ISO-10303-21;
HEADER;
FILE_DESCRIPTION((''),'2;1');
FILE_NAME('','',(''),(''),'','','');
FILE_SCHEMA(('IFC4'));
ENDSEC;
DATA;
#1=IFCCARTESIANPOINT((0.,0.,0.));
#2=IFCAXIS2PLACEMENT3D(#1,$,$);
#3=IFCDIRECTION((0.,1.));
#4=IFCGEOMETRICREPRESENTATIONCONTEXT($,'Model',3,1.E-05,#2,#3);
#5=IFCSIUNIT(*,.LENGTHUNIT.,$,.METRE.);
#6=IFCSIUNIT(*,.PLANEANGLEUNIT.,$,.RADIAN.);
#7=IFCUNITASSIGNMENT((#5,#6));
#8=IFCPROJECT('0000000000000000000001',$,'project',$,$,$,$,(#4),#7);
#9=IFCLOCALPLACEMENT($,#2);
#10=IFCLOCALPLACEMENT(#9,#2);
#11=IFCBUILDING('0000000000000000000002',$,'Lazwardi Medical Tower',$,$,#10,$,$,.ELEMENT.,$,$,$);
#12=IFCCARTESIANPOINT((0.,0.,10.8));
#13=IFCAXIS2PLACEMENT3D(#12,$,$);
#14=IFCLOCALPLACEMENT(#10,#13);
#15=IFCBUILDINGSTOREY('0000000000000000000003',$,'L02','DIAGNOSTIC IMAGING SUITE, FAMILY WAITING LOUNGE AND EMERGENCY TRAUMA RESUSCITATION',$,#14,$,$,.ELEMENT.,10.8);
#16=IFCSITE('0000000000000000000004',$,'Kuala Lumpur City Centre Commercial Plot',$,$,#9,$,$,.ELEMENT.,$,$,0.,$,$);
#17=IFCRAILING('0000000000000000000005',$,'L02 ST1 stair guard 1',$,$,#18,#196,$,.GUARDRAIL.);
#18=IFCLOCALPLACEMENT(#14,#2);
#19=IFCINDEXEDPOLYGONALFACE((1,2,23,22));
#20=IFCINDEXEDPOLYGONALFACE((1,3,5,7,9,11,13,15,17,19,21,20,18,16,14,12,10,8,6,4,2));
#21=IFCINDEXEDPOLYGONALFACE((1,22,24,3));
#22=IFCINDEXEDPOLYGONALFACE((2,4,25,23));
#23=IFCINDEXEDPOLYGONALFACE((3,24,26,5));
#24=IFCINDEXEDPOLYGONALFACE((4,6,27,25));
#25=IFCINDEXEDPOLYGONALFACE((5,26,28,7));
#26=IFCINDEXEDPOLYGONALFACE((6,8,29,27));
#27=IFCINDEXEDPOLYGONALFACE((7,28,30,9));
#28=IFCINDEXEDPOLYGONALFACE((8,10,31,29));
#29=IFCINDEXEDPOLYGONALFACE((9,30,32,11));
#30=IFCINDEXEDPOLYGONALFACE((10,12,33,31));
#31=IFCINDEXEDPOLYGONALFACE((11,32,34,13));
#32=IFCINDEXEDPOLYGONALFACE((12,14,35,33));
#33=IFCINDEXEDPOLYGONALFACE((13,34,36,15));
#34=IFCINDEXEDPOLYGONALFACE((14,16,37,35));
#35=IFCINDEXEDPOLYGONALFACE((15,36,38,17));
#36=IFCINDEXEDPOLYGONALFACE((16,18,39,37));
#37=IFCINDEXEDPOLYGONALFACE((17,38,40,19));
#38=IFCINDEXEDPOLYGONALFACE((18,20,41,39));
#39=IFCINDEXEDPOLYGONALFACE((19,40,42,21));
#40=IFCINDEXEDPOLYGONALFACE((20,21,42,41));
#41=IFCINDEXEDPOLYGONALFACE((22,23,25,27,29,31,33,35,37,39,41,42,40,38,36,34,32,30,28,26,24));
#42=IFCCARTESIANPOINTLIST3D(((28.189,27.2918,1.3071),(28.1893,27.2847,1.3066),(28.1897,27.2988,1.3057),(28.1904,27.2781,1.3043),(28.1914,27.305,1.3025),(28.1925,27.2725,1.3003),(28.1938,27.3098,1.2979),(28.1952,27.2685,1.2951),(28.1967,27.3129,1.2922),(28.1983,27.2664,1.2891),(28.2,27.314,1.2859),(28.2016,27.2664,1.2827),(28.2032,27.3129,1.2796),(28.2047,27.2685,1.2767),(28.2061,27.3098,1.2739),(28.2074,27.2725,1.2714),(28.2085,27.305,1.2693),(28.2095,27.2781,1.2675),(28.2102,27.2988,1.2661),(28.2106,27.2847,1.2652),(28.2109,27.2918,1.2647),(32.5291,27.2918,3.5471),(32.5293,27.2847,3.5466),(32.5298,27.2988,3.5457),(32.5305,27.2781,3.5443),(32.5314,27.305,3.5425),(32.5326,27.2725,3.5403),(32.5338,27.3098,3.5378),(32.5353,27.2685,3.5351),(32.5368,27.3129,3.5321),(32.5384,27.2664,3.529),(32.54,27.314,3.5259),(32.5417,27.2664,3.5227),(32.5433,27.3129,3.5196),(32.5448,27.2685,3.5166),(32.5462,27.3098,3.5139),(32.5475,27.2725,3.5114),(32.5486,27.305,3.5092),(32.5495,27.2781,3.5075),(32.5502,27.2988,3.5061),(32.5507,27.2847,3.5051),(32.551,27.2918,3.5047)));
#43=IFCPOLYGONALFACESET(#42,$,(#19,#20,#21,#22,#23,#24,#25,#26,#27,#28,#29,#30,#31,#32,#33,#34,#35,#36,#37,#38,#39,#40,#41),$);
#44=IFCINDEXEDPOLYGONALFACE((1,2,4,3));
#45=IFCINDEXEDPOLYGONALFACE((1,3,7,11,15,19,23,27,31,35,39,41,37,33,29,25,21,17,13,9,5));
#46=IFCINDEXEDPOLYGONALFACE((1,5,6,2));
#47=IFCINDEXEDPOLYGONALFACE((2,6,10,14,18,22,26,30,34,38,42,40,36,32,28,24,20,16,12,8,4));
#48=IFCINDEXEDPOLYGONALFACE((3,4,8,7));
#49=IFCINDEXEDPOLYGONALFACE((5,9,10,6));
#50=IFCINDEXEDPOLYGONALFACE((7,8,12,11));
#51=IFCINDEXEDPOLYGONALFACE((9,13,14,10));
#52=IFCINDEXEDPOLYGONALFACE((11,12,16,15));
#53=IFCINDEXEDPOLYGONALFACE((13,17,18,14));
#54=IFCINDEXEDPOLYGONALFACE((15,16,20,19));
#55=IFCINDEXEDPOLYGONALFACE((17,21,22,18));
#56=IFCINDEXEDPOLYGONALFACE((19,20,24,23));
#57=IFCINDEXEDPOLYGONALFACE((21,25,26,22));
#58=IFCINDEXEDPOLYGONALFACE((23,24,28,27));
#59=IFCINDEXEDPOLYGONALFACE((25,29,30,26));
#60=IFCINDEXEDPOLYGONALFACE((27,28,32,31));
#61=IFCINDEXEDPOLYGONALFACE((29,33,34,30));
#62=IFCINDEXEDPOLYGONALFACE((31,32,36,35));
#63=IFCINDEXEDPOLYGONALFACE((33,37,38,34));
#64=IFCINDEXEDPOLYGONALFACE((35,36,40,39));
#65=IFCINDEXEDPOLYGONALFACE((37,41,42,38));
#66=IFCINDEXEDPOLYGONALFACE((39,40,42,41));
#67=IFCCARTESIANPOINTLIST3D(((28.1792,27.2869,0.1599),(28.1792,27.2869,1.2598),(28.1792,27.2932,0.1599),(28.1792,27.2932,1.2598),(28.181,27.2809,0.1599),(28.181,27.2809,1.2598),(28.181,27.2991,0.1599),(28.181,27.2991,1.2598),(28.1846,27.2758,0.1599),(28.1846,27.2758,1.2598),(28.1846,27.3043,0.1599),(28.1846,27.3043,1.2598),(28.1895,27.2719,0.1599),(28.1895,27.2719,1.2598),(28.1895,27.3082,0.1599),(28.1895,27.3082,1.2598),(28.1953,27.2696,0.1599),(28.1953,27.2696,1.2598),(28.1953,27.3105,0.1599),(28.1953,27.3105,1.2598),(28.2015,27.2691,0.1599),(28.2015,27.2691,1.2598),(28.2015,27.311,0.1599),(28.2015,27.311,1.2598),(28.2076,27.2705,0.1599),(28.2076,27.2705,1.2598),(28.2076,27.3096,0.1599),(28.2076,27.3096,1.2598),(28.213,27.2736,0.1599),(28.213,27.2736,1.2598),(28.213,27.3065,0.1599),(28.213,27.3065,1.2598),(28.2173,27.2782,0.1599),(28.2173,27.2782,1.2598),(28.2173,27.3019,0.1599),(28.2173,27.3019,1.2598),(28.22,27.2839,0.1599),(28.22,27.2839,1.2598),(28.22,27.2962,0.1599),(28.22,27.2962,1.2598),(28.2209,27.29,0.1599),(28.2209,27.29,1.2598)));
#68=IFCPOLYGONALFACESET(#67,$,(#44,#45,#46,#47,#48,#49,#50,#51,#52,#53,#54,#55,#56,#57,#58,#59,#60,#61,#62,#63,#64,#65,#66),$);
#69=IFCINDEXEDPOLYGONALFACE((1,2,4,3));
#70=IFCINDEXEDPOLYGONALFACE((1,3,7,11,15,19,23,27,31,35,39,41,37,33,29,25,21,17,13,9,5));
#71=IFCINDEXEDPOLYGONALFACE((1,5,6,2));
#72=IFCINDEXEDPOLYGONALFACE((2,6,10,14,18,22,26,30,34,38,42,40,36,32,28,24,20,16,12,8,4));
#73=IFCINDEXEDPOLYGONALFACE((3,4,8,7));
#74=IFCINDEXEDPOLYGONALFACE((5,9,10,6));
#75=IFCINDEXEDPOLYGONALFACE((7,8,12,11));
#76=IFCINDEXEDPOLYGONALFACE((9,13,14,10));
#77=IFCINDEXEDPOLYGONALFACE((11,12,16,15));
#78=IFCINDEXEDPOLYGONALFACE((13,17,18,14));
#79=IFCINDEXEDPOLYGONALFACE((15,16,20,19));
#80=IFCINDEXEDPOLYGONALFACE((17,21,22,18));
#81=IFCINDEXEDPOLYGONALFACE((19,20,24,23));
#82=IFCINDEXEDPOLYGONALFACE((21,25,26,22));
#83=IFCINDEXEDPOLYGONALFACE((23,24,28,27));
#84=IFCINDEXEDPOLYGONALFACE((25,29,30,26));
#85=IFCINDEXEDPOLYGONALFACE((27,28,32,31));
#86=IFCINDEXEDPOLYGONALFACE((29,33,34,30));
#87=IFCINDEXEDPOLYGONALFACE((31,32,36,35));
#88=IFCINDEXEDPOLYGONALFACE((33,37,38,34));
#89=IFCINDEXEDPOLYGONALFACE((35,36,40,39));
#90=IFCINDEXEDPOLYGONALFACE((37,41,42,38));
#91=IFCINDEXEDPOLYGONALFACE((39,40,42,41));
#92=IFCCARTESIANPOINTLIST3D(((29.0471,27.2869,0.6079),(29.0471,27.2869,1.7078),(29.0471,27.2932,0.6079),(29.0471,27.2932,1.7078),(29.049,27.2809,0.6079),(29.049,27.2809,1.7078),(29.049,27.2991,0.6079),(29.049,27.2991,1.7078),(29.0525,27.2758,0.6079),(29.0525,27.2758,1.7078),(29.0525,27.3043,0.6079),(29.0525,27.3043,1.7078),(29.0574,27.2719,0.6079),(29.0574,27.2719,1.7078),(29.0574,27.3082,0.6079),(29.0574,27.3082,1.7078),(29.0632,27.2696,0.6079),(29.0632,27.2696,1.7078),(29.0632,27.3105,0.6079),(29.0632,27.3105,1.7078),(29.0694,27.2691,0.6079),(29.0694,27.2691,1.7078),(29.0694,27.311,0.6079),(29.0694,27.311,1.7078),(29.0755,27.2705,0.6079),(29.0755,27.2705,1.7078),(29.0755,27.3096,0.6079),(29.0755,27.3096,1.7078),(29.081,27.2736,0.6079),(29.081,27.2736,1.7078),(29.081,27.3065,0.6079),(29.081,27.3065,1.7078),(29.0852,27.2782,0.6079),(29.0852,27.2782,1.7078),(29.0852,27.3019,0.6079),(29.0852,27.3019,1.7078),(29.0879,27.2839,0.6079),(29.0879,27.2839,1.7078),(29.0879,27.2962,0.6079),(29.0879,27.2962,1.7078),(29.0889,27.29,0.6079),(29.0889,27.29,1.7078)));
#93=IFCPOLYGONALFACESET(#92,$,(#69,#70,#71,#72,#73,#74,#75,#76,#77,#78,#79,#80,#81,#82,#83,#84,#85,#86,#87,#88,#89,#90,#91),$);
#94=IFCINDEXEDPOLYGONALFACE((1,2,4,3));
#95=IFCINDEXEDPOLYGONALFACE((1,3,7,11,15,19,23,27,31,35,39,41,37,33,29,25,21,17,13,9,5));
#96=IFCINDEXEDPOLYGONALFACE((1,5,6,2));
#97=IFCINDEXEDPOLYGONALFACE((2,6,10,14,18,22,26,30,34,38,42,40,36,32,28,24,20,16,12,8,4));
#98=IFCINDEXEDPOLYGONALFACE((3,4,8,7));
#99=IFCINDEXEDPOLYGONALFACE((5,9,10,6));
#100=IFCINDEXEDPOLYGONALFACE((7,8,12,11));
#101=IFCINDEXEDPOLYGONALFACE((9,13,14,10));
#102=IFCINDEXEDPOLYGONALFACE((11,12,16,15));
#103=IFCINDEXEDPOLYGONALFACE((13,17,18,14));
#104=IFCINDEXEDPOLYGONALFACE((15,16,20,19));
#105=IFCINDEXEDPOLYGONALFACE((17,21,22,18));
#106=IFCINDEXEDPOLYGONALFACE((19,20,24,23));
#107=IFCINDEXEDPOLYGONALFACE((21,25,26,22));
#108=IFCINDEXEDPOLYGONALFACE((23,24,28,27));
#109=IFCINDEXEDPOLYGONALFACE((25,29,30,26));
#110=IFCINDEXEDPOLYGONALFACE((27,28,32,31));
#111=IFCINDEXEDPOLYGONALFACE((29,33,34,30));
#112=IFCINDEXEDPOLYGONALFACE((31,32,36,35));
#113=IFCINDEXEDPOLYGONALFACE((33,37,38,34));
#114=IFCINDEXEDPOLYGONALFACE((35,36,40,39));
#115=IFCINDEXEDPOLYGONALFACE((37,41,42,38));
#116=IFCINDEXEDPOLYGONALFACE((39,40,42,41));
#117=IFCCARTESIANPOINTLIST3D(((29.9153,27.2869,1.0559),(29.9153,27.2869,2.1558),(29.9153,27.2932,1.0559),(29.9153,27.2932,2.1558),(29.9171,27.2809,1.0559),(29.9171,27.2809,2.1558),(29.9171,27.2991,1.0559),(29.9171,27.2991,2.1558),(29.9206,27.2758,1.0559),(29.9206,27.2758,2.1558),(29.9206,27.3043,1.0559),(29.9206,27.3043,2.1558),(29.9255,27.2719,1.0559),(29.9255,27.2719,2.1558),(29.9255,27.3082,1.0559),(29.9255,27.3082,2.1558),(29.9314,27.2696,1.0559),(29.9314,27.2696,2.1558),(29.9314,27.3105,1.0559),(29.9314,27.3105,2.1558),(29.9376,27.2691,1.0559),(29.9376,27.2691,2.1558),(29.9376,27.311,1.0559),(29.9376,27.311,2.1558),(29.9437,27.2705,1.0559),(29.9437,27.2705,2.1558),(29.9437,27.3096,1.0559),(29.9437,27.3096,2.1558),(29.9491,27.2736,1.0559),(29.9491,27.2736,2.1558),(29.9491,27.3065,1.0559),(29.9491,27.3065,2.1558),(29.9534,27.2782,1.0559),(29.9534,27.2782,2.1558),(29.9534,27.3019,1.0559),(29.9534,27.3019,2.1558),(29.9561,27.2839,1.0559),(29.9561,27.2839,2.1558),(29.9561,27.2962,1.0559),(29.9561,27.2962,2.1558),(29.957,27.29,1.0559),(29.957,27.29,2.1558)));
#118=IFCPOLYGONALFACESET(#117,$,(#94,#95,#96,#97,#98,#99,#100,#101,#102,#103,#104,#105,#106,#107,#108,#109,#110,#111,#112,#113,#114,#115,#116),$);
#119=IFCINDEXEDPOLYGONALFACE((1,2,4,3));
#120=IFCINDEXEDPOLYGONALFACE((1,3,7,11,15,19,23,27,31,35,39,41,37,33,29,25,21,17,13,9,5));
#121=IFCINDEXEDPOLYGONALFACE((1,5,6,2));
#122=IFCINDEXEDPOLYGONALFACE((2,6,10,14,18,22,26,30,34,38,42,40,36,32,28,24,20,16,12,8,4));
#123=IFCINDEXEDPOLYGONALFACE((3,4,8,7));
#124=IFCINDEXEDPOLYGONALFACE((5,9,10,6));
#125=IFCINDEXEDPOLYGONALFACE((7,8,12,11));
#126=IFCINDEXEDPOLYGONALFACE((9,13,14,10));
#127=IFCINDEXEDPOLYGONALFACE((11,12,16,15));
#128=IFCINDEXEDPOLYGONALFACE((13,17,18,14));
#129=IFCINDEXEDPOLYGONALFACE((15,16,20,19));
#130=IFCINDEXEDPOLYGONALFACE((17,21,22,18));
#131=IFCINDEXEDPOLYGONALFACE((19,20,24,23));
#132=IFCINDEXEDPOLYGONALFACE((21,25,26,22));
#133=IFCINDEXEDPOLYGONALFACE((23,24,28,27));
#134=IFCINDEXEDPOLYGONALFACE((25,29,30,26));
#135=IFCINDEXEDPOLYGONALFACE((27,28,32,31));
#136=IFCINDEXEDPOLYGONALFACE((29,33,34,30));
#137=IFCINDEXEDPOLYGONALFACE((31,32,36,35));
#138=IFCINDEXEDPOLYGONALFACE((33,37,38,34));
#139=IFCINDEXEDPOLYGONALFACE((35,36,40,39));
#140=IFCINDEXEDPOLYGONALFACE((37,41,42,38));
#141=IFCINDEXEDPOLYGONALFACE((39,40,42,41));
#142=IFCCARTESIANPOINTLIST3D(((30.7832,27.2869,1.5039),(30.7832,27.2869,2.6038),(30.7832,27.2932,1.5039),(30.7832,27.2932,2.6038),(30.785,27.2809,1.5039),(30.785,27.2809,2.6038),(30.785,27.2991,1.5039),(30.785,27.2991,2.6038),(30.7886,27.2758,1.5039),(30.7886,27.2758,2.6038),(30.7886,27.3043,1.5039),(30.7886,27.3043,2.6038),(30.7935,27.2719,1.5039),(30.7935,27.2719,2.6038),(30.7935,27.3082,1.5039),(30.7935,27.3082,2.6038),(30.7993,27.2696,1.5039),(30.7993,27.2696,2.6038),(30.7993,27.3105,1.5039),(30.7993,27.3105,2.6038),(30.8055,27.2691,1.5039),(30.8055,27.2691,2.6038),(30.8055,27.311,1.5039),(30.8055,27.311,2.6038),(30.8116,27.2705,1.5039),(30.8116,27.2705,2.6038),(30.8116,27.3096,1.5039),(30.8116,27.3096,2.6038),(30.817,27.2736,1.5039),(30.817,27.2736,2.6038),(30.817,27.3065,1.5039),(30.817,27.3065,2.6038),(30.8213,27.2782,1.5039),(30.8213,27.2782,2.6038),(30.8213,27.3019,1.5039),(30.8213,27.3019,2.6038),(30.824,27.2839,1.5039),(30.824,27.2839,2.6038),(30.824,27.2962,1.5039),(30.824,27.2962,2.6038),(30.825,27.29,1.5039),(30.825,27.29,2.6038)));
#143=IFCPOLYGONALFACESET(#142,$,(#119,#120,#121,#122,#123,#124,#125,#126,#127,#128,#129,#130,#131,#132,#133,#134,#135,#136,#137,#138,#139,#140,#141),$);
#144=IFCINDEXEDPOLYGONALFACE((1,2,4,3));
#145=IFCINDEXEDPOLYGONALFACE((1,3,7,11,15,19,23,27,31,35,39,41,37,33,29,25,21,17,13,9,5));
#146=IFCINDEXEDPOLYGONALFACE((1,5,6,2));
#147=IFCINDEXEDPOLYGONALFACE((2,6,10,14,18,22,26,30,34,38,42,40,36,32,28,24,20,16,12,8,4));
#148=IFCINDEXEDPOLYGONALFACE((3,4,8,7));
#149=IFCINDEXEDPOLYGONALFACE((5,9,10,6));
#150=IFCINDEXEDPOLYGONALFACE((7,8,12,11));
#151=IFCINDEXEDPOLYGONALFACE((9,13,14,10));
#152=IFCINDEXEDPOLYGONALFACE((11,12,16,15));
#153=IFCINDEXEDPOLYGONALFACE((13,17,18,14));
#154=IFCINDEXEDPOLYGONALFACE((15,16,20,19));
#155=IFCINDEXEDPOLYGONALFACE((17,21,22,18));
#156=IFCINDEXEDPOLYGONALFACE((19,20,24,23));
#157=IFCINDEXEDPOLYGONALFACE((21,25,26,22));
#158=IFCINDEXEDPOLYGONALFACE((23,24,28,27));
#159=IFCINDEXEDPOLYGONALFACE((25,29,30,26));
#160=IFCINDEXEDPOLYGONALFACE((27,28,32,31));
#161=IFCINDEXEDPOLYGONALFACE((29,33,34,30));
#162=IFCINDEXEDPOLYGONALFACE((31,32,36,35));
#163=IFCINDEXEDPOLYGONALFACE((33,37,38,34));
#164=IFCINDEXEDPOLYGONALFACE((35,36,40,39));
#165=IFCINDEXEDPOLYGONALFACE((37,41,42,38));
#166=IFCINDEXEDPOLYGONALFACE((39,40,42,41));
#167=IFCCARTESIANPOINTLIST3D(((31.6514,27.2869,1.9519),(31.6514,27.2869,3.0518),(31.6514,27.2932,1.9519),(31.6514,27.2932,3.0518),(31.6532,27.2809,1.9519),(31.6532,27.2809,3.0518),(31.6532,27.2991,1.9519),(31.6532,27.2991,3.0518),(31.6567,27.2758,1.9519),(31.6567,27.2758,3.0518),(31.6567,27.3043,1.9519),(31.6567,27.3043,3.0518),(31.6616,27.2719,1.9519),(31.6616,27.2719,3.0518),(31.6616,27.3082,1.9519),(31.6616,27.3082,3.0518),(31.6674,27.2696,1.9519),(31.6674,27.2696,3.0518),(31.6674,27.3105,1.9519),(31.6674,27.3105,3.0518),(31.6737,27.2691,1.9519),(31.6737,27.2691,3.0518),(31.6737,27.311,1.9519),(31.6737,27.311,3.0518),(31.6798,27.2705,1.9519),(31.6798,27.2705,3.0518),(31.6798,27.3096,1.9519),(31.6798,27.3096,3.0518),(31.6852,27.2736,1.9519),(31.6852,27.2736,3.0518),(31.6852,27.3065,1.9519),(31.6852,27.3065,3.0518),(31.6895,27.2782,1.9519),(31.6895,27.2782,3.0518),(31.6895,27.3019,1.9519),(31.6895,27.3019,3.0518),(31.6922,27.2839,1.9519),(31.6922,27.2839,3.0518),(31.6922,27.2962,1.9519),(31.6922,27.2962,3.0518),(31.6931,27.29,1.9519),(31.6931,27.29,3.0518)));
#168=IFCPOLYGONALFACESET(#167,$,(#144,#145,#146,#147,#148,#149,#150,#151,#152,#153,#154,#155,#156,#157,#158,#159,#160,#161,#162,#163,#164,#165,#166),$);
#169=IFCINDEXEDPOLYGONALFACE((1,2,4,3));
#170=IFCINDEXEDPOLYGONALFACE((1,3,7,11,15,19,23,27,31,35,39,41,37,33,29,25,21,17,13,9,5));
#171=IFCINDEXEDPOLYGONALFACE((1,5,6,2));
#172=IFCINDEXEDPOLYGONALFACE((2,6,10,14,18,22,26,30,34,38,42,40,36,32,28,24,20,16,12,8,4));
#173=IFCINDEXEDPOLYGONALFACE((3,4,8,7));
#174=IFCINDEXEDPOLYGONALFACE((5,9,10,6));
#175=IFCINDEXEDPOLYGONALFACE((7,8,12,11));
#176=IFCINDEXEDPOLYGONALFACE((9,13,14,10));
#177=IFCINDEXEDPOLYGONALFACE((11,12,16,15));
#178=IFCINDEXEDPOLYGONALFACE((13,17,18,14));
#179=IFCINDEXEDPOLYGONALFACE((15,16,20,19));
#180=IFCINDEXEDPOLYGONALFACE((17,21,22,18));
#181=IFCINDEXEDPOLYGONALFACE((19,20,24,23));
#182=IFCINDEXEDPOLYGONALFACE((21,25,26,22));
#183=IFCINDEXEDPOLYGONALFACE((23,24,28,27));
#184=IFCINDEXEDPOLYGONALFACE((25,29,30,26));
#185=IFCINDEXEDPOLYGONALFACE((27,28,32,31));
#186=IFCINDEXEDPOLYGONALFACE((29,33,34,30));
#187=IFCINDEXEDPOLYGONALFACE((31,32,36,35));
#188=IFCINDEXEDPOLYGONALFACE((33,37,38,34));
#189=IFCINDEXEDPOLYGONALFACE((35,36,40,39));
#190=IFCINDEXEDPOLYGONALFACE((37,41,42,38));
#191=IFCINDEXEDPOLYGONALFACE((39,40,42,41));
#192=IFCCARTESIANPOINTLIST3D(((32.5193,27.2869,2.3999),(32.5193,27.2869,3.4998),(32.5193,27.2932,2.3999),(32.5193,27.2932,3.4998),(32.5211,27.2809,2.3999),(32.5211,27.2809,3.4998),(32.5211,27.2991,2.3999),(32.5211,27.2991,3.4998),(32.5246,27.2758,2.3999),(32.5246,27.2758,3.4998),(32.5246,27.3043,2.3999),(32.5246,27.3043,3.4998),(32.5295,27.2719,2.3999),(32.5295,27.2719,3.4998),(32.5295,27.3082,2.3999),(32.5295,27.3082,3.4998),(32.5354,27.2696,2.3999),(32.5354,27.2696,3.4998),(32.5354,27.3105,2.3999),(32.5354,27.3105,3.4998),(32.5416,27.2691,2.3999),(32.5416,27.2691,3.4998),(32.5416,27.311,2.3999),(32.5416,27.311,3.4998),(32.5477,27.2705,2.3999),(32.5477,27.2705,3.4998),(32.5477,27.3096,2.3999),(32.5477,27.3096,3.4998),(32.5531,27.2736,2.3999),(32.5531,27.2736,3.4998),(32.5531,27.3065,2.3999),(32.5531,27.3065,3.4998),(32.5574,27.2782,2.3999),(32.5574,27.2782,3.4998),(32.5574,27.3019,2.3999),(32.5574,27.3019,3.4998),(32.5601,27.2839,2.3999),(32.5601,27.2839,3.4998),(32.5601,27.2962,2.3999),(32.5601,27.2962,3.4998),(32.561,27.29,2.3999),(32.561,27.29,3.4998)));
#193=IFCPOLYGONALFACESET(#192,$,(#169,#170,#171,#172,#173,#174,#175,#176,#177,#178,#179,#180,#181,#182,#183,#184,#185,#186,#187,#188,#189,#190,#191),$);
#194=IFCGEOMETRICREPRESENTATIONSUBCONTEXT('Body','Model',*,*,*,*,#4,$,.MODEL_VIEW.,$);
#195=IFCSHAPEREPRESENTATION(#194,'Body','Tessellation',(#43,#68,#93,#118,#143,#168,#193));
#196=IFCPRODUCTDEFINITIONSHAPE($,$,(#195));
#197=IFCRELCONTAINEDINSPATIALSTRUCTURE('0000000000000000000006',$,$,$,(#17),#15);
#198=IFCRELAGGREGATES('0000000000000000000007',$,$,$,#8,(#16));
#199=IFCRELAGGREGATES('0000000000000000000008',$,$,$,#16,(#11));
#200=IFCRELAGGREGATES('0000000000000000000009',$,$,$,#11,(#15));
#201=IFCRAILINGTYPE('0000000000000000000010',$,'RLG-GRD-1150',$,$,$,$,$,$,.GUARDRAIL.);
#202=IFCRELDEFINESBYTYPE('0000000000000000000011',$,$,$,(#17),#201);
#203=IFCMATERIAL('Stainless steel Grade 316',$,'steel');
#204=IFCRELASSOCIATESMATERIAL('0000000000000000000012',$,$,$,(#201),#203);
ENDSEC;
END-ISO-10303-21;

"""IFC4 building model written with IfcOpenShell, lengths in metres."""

from ifc_helpers import new_model, si_unit, direction, frame, origin, origin_2d, place, context, subcontext, project, spatial, circle, extrude, material, type_object, element, save


model = new_model("IFC4")

# Units and contexts
model_context = context("Model", 3, precision=1e-05, world=origin(), true_north=direction((0.0, 1.0)))
body_context = subcontext(model_context, "Body", "Model", "MODEL_VIEW")
ifc_project = project(units=[si_unit("LENGTHUNIT", "METRE"), si_unit("PLANEANGLEUNIT", "RADIAN")], contexts=[model_context])

# Site, building, storey
site_placement = place(None, origin())
site = spatial("IfcSite", under=ifc_project, at=site_placement, Name="Kuala Lumpur City Centre Commercial Plot", CompositionType="ELEMENT", RefElevation=0.0)
building_placement = place(site_placement, origin())
building = spatial("IfcBuilding", under=site, at=building_placement, Name="Lazwardi Medical Tower", CompositionType="ELEMENT")
storey_placement = place(building_placement, frame((0.0, 0.0, 10.8)))
storey = spatial("IfcBuildingStorey", under=building, at=storey_placement, Name="L02", Description="DIAGNOSTIC IMAGING SUITE, FAMILY WAITING LOUNGE AND EMERGENCY TRAUMA RESUSCITATION", CompositionType="ELEMENT", Elevation=10.8)

# Railing
ifc_material_1 = material(Name="Stainless steel Grade 316", Category="steel")
railing_type_1 = type_object("IfcRailingType", Name="RLG-GRD-1150", PredefinedType="GUARDRAIL", material=ifc_material_1)
railing_1_placement = place(storey_placement, frame((28.2, 27.29, 0.1599)))
element("IfcRailing", 1, at=railing_1_placement, inside=storey, type_object=railing_type_1, Name="L02 ST1 stair guard 1", PredefinedType="GUARDRAIL", context=body_context, shape_type="SweptSolid", body=[
    extrude(circle(Radius=0.0239, at=origin_2d()), frame((0.0, 0.0, 1.126), z_axis=(0.888625, 0.0, 0.458634), x_axis=(0.0, 1.0, 0.0)), (0.0, 0.0, 1.0), 4.884),
    extrude(circle(Radius=0.021, at=origin_2d()), origin(), (0.0, 0.0, 1.0), 1.0999),
    extrude(circle(Radius=0.021, at=origin_2d()), frame((0.8679, 0.0, 0.448)), (0.0, 0.0, 1.0), 1.0999),
    extrude(circle(Radius=0.021, at=origin_2d()), frame((1.7361, 0.0, 0.896)), (0.0, 0.0, 1.0), 1.0999),
    extrude(circle(Radius=0.021, at=origin_2d()), frame((2.604, 0.0, 1.344)), (0.0, 0.0, 1.0), 1.0999),
    extrude(circle(Radius=0.021, at=origin_2d()), frame((3.4722, 0.0, 1.792)), (0.0, 0.0, 1.0), 1.0999),
    extrude(circle(Radius=0.021, at=origin_2d()), frame((4.3401, 0.0, 2.24)), (0.0, 0.0, 1.0), 1.0999),
])

save(model, "model.ifc")
